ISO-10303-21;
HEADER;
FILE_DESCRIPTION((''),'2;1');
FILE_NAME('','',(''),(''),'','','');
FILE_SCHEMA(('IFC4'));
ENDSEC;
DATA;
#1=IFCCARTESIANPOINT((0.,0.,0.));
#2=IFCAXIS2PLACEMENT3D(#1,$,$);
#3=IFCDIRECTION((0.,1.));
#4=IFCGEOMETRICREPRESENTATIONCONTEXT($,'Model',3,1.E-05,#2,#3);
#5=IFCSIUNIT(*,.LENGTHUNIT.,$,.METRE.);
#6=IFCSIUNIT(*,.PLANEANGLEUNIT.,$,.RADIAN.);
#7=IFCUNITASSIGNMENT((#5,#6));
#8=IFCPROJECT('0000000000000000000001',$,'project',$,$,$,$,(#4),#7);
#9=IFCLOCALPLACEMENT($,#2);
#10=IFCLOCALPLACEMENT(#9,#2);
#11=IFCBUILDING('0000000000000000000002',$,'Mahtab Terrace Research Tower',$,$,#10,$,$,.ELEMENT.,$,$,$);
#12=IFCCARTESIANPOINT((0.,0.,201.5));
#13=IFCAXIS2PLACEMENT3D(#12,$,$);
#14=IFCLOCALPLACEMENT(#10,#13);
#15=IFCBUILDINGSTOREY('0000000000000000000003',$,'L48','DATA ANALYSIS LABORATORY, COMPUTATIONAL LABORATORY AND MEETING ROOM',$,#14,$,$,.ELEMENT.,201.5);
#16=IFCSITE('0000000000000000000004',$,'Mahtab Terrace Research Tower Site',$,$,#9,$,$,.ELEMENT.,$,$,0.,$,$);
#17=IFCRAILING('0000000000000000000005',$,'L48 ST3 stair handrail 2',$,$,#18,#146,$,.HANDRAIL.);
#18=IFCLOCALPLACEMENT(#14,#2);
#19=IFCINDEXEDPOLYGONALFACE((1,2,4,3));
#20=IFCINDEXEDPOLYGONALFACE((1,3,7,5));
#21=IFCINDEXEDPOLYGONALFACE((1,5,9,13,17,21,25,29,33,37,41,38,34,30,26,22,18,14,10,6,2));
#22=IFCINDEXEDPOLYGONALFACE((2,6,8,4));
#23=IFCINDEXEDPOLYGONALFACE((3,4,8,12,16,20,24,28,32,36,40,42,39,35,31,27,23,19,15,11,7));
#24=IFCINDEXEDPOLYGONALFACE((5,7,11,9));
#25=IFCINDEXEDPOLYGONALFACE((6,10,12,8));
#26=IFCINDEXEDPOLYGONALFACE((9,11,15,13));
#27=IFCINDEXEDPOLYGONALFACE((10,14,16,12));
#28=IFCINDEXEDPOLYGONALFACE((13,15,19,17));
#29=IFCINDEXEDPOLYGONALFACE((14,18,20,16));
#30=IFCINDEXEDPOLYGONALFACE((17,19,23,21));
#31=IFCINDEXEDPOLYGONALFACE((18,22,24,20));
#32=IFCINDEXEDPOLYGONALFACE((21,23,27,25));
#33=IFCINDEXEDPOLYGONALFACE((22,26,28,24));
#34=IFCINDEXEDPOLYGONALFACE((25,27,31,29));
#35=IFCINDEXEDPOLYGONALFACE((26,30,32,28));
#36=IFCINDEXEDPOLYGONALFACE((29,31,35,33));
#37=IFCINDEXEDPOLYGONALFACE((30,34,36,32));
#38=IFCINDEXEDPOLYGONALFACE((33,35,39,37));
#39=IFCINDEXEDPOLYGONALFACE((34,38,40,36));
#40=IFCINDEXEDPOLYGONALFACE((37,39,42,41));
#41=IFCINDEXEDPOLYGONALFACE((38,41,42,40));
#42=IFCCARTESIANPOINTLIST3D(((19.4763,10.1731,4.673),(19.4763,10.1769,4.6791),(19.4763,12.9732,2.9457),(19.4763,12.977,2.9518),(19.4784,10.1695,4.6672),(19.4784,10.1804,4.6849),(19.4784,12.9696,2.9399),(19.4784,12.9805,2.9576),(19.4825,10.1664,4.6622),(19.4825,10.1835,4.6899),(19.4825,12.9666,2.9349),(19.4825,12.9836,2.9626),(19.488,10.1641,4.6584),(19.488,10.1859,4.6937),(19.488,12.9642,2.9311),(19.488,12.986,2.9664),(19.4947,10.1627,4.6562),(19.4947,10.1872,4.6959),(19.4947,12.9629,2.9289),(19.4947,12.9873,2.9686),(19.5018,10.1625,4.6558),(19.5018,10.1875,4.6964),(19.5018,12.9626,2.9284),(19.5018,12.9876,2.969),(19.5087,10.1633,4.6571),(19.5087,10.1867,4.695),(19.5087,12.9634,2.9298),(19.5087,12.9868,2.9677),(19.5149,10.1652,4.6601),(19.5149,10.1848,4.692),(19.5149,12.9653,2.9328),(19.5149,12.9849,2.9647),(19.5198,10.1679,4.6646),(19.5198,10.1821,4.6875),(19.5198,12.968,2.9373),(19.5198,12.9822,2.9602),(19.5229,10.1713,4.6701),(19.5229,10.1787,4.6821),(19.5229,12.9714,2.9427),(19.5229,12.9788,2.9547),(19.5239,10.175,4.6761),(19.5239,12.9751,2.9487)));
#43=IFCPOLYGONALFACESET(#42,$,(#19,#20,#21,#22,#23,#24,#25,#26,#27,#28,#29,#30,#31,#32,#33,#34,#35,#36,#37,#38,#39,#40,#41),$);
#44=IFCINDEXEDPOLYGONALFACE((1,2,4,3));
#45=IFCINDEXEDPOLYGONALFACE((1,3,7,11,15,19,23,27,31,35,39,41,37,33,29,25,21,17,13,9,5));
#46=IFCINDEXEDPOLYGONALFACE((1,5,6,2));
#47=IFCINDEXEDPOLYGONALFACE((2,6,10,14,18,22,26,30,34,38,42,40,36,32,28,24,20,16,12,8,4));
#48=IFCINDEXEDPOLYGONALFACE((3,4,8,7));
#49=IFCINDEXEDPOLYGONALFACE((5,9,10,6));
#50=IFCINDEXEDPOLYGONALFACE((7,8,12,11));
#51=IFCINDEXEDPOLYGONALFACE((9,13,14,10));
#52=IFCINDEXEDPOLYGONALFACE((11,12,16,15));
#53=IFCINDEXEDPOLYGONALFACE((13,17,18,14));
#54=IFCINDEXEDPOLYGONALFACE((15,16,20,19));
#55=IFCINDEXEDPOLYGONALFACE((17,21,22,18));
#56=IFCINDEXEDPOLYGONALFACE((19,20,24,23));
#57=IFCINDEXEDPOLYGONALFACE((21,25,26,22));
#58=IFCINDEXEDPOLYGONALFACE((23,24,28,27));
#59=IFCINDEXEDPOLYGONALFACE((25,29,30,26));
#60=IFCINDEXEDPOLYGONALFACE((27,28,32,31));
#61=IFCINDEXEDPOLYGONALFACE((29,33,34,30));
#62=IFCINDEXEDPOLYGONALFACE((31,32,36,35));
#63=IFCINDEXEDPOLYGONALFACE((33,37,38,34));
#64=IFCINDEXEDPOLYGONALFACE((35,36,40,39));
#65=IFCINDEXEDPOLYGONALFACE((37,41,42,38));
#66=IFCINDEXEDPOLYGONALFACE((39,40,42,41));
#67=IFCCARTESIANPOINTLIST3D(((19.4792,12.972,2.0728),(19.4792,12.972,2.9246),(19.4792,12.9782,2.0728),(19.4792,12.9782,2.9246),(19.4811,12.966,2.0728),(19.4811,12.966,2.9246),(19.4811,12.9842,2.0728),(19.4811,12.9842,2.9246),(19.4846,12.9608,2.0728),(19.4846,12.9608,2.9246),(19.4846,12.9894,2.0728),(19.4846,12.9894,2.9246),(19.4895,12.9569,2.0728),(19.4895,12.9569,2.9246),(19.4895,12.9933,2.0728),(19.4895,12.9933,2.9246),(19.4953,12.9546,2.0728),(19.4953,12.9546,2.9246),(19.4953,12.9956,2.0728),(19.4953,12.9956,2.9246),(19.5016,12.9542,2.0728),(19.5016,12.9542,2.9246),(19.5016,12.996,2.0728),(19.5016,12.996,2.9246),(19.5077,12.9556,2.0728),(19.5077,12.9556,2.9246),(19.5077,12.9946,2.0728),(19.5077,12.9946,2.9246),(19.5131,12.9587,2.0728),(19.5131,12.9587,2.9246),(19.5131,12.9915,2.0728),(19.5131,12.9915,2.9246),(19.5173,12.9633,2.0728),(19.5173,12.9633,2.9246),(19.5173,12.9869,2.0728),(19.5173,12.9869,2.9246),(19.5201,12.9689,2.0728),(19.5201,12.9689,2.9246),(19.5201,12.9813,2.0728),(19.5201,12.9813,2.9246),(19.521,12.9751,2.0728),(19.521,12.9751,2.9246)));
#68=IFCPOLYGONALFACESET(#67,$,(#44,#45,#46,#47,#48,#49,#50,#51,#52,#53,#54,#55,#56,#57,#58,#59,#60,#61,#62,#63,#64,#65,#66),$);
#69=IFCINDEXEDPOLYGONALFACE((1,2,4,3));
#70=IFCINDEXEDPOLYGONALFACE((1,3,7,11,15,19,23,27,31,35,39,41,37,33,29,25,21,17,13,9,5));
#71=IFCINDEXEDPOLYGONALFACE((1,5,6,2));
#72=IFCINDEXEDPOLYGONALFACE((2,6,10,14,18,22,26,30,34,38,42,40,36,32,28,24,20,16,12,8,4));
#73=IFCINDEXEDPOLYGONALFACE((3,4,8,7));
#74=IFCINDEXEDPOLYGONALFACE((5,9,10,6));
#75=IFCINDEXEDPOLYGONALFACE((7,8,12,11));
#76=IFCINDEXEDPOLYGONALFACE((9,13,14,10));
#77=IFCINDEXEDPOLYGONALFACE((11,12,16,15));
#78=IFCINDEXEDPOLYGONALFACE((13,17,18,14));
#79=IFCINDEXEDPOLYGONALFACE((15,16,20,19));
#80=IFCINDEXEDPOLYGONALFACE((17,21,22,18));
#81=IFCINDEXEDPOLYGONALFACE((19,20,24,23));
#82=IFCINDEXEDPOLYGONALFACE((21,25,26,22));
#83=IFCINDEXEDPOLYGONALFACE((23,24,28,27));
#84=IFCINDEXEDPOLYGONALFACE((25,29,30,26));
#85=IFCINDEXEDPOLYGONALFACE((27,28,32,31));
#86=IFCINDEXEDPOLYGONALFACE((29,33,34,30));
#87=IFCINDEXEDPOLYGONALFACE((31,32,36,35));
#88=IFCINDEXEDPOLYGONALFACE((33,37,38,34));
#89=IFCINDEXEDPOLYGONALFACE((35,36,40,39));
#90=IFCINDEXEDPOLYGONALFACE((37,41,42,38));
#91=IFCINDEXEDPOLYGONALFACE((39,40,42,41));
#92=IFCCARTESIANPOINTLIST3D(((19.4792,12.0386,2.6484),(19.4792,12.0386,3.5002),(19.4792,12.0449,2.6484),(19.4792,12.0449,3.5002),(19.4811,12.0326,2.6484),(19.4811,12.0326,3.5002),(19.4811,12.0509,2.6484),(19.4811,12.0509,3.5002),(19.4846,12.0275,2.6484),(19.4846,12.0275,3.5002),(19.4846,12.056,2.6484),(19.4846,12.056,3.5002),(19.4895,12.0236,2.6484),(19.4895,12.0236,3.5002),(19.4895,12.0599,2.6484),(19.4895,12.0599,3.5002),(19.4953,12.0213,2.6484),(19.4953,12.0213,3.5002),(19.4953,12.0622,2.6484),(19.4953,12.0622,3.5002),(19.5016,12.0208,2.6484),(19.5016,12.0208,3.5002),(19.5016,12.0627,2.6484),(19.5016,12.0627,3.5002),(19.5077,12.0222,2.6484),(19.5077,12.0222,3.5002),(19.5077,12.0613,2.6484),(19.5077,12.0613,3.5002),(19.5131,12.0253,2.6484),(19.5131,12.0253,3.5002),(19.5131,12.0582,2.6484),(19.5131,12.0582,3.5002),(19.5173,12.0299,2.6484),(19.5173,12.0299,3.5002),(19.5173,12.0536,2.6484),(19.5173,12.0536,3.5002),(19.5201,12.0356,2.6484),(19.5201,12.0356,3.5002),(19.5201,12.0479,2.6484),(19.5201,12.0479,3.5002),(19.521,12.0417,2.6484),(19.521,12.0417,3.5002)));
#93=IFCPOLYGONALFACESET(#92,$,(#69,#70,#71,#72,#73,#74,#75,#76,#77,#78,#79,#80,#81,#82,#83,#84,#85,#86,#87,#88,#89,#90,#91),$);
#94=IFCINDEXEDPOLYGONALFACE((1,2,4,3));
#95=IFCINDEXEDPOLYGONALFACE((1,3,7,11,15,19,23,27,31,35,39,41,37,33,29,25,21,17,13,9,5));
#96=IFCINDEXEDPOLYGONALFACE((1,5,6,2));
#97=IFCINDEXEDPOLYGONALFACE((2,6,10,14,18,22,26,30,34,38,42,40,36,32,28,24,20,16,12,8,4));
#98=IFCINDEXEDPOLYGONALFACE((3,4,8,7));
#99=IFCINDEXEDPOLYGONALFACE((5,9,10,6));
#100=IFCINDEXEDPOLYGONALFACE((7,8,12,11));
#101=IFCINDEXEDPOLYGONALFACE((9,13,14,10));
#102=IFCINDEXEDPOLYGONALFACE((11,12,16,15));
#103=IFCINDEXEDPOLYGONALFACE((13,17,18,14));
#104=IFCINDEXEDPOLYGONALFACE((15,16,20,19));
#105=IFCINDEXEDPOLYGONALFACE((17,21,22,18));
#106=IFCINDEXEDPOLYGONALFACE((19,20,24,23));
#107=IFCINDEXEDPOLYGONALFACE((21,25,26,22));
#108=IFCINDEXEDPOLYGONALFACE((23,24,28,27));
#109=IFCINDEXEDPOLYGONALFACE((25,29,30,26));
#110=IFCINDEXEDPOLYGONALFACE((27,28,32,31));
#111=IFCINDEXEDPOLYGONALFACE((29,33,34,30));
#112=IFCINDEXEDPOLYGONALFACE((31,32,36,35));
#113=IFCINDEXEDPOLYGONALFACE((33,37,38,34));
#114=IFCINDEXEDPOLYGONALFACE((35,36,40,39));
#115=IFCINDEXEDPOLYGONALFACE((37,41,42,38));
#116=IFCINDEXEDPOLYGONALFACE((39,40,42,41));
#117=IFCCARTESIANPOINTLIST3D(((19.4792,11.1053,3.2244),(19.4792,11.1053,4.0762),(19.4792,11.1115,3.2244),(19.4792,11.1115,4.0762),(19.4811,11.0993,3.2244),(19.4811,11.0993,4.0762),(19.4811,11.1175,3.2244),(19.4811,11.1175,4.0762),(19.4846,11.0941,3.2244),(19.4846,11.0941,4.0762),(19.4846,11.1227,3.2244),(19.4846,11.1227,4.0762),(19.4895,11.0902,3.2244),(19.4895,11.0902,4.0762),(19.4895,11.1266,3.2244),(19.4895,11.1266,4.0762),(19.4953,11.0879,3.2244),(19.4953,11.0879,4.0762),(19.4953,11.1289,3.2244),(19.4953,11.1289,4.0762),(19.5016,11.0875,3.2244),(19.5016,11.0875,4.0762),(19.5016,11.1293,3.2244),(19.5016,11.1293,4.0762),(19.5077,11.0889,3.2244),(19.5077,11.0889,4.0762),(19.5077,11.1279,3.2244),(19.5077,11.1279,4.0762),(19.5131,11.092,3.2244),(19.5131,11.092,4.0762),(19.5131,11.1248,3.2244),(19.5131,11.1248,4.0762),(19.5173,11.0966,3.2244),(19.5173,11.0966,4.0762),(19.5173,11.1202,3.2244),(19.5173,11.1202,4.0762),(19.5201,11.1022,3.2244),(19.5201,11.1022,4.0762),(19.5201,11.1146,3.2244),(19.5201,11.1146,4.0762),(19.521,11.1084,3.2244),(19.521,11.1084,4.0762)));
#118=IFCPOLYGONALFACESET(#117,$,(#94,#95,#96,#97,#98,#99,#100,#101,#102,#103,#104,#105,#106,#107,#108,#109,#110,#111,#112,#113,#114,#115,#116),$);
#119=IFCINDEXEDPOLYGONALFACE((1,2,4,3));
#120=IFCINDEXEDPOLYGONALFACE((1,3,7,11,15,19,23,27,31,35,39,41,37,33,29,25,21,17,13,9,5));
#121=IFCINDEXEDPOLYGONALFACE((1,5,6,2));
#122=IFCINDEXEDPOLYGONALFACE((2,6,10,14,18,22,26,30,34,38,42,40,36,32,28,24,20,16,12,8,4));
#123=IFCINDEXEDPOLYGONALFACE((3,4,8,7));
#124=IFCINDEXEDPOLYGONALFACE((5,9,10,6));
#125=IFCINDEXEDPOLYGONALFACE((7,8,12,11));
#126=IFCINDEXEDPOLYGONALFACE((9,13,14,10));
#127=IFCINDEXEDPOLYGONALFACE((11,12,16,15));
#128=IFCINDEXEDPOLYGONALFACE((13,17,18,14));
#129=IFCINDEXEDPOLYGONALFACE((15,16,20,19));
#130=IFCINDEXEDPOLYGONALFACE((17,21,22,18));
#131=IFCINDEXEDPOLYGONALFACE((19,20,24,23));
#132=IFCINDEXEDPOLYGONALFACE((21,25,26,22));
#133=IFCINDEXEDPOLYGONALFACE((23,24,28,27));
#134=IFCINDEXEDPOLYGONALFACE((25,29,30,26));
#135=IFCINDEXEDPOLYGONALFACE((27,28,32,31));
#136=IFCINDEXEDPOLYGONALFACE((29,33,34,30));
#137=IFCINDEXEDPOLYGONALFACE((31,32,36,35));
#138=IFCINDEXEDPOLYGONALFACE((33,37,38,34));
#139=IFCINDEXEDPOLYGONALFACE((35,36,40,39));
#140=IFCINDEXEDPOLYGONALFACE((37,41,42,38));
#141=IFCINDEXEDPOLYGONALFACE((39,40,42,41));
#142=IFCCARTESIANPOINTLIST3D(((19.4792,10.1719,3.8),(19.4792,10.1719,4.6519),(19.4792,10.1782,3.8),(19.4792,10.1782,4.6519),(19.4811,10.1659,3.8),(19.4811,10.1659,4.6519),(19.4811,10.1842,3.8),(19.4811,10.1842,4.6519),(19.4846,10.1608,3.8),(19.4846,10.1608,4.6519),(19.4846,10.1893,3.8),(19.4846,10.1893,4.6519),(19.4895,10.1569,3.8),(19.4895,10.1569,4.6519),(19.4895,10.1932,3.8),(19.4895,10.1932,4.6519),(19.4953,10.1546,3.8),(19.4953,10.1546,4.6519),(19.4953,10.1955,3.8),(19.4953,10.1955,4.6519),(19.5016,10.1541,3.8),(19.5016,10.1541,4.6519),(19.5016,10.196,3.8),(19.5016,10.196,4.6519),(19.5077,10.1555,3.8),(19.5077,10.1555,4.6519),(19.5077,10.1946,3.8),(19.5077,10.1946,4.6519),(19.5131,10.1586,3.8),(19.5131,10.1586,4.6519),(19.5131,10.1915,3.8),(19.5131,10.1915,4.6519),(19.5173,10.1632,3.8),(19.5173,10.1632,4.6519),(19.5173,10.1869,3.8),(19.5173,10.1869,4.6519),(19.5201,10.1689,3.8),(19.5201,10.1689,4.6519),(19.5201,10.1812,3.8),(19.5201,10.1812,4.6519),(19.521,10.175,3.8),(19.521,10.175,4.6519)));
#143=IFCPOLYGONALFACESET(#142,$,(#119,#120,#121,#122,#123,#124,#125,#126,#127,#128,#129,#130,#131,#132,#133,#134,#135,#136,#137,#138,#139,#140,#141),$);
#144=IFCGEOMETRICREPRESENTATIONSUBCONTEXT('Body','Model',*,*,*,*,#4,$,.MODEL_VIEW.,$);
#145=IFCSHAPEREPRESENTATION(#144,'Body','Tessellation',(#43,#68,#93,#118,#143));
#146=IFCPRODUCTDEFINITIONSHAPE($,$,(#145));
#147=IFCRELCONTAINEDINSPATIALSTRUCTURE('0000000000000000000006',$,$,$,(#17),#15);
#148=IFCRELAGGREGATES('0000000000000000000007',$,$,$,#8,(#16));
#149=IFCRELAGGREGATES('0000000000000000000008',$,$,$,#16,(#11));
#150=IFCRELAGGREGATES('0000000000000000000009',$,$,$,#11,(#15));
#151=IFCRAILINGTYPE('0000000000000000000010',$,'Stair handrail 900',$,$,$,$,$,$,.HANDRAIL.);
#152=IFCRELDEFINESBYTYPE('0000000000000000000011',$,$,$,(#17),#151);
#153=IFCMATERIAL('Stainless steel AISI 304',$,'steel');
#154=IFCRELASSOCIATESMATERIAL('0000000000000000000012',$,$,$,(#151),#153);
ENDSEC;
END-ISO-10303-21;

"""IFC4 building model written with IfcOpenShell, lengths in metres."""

from ifc_helpers import new_model, si_unit, direction, frame, origin, origin_2d, place, context, subcontext, project, spatial, circle, extrude, material, type_object, element, save


model = new_model("IFC4")

# Units and contexts
model_context = context("Model", 3, precision=1e-05, world=origin(), true_north=direction((0.0, 1.0)))
body_context = subcontext(model_context, "Body", "Model", "MODEL_VIEW")
ifc_project = project(units=[si_unit("LENGTHUNIT", "METRE"), si_unit("PLANEANGLEUNIT", "RADIAN")], contexts=[model_context])

# Site, building, storey
site_placement = place(None, origin())
site = spatial("IfcSite", under=ifc_project, at=site_placement, Name="Mahtab Terrace Research Tower Site", CompositionType="ELEMENT", RefElevation=0.0)
building_placement = place(site_placement, origin())
building = spatial("IfcBuilding", under=site, at=building_placement, Name="Mahtab Terrace Research Tower", CompositionType="ELEMENT")
storey_placement = place(building_placement, frame((0.0, 0.0, 201.5)))
storey = spatial("IfcBuildingStorey", under=building, at=storey_placement, Name="L48", Description="DATA ANALYSIS LABORATORY, COMPUTATIONAL LABORATORY AND MEETING ROOM", CompositionType="ELEMENT", Elevation=201.5)

# Railing
ifc_material_1 = material(Name="Stainless steel AISI 304", Category="steel")
railing_type_1 = type_object("IfcRailingType", Name="Stair handrail 900", PredefinedType="HANDRAIL", material=ifc_material_1)
railing_1_placement = place(storey_placement, frame((19.5, 12.9751, 2.0728)))
element("IfcRailing", 1, at=railing_1_placement, inside=storey, type_object=railing_type_1, Name="L48 ST3 stair handrail 2", PredefinedType="HANDRAIL", context=body_context, shape_type="SweptSolid", body=[
    extrude(circle(Radius=0.0239, at=origin_2d()), frame((0.0, 0.0, 0.876), z_axis=(0.0, -0.85109, 0.52502), x_axis=(1.0, 0.0, 0.0)), (0.0, 0.0, 1.0), 3.29),
    extrude(circle(Radius=0.021, at=origin_2d()), origin(), (0.0, 0.0, 1.0), 0.8518),
    extrude(circle(Radius=0.021, at=origin_2d()), frame((0.0, -0.9333, 0.5757)), (0.0, 0.0, 1.0), 0.8518),
    extrude(circle(Radius=0.021, at=origin_2d()), frame((0.0, -1.8667, 1.1516)), (0.0, 0.0, 1.0), 0.8518),
    extrude(circle(Radius=0.021, at=origin_2d()), frame((0.0, -2.8, 1.7273)), (0.0, 0.0, 1.0), 0.8518),
])

save(model, "model.ifc")
